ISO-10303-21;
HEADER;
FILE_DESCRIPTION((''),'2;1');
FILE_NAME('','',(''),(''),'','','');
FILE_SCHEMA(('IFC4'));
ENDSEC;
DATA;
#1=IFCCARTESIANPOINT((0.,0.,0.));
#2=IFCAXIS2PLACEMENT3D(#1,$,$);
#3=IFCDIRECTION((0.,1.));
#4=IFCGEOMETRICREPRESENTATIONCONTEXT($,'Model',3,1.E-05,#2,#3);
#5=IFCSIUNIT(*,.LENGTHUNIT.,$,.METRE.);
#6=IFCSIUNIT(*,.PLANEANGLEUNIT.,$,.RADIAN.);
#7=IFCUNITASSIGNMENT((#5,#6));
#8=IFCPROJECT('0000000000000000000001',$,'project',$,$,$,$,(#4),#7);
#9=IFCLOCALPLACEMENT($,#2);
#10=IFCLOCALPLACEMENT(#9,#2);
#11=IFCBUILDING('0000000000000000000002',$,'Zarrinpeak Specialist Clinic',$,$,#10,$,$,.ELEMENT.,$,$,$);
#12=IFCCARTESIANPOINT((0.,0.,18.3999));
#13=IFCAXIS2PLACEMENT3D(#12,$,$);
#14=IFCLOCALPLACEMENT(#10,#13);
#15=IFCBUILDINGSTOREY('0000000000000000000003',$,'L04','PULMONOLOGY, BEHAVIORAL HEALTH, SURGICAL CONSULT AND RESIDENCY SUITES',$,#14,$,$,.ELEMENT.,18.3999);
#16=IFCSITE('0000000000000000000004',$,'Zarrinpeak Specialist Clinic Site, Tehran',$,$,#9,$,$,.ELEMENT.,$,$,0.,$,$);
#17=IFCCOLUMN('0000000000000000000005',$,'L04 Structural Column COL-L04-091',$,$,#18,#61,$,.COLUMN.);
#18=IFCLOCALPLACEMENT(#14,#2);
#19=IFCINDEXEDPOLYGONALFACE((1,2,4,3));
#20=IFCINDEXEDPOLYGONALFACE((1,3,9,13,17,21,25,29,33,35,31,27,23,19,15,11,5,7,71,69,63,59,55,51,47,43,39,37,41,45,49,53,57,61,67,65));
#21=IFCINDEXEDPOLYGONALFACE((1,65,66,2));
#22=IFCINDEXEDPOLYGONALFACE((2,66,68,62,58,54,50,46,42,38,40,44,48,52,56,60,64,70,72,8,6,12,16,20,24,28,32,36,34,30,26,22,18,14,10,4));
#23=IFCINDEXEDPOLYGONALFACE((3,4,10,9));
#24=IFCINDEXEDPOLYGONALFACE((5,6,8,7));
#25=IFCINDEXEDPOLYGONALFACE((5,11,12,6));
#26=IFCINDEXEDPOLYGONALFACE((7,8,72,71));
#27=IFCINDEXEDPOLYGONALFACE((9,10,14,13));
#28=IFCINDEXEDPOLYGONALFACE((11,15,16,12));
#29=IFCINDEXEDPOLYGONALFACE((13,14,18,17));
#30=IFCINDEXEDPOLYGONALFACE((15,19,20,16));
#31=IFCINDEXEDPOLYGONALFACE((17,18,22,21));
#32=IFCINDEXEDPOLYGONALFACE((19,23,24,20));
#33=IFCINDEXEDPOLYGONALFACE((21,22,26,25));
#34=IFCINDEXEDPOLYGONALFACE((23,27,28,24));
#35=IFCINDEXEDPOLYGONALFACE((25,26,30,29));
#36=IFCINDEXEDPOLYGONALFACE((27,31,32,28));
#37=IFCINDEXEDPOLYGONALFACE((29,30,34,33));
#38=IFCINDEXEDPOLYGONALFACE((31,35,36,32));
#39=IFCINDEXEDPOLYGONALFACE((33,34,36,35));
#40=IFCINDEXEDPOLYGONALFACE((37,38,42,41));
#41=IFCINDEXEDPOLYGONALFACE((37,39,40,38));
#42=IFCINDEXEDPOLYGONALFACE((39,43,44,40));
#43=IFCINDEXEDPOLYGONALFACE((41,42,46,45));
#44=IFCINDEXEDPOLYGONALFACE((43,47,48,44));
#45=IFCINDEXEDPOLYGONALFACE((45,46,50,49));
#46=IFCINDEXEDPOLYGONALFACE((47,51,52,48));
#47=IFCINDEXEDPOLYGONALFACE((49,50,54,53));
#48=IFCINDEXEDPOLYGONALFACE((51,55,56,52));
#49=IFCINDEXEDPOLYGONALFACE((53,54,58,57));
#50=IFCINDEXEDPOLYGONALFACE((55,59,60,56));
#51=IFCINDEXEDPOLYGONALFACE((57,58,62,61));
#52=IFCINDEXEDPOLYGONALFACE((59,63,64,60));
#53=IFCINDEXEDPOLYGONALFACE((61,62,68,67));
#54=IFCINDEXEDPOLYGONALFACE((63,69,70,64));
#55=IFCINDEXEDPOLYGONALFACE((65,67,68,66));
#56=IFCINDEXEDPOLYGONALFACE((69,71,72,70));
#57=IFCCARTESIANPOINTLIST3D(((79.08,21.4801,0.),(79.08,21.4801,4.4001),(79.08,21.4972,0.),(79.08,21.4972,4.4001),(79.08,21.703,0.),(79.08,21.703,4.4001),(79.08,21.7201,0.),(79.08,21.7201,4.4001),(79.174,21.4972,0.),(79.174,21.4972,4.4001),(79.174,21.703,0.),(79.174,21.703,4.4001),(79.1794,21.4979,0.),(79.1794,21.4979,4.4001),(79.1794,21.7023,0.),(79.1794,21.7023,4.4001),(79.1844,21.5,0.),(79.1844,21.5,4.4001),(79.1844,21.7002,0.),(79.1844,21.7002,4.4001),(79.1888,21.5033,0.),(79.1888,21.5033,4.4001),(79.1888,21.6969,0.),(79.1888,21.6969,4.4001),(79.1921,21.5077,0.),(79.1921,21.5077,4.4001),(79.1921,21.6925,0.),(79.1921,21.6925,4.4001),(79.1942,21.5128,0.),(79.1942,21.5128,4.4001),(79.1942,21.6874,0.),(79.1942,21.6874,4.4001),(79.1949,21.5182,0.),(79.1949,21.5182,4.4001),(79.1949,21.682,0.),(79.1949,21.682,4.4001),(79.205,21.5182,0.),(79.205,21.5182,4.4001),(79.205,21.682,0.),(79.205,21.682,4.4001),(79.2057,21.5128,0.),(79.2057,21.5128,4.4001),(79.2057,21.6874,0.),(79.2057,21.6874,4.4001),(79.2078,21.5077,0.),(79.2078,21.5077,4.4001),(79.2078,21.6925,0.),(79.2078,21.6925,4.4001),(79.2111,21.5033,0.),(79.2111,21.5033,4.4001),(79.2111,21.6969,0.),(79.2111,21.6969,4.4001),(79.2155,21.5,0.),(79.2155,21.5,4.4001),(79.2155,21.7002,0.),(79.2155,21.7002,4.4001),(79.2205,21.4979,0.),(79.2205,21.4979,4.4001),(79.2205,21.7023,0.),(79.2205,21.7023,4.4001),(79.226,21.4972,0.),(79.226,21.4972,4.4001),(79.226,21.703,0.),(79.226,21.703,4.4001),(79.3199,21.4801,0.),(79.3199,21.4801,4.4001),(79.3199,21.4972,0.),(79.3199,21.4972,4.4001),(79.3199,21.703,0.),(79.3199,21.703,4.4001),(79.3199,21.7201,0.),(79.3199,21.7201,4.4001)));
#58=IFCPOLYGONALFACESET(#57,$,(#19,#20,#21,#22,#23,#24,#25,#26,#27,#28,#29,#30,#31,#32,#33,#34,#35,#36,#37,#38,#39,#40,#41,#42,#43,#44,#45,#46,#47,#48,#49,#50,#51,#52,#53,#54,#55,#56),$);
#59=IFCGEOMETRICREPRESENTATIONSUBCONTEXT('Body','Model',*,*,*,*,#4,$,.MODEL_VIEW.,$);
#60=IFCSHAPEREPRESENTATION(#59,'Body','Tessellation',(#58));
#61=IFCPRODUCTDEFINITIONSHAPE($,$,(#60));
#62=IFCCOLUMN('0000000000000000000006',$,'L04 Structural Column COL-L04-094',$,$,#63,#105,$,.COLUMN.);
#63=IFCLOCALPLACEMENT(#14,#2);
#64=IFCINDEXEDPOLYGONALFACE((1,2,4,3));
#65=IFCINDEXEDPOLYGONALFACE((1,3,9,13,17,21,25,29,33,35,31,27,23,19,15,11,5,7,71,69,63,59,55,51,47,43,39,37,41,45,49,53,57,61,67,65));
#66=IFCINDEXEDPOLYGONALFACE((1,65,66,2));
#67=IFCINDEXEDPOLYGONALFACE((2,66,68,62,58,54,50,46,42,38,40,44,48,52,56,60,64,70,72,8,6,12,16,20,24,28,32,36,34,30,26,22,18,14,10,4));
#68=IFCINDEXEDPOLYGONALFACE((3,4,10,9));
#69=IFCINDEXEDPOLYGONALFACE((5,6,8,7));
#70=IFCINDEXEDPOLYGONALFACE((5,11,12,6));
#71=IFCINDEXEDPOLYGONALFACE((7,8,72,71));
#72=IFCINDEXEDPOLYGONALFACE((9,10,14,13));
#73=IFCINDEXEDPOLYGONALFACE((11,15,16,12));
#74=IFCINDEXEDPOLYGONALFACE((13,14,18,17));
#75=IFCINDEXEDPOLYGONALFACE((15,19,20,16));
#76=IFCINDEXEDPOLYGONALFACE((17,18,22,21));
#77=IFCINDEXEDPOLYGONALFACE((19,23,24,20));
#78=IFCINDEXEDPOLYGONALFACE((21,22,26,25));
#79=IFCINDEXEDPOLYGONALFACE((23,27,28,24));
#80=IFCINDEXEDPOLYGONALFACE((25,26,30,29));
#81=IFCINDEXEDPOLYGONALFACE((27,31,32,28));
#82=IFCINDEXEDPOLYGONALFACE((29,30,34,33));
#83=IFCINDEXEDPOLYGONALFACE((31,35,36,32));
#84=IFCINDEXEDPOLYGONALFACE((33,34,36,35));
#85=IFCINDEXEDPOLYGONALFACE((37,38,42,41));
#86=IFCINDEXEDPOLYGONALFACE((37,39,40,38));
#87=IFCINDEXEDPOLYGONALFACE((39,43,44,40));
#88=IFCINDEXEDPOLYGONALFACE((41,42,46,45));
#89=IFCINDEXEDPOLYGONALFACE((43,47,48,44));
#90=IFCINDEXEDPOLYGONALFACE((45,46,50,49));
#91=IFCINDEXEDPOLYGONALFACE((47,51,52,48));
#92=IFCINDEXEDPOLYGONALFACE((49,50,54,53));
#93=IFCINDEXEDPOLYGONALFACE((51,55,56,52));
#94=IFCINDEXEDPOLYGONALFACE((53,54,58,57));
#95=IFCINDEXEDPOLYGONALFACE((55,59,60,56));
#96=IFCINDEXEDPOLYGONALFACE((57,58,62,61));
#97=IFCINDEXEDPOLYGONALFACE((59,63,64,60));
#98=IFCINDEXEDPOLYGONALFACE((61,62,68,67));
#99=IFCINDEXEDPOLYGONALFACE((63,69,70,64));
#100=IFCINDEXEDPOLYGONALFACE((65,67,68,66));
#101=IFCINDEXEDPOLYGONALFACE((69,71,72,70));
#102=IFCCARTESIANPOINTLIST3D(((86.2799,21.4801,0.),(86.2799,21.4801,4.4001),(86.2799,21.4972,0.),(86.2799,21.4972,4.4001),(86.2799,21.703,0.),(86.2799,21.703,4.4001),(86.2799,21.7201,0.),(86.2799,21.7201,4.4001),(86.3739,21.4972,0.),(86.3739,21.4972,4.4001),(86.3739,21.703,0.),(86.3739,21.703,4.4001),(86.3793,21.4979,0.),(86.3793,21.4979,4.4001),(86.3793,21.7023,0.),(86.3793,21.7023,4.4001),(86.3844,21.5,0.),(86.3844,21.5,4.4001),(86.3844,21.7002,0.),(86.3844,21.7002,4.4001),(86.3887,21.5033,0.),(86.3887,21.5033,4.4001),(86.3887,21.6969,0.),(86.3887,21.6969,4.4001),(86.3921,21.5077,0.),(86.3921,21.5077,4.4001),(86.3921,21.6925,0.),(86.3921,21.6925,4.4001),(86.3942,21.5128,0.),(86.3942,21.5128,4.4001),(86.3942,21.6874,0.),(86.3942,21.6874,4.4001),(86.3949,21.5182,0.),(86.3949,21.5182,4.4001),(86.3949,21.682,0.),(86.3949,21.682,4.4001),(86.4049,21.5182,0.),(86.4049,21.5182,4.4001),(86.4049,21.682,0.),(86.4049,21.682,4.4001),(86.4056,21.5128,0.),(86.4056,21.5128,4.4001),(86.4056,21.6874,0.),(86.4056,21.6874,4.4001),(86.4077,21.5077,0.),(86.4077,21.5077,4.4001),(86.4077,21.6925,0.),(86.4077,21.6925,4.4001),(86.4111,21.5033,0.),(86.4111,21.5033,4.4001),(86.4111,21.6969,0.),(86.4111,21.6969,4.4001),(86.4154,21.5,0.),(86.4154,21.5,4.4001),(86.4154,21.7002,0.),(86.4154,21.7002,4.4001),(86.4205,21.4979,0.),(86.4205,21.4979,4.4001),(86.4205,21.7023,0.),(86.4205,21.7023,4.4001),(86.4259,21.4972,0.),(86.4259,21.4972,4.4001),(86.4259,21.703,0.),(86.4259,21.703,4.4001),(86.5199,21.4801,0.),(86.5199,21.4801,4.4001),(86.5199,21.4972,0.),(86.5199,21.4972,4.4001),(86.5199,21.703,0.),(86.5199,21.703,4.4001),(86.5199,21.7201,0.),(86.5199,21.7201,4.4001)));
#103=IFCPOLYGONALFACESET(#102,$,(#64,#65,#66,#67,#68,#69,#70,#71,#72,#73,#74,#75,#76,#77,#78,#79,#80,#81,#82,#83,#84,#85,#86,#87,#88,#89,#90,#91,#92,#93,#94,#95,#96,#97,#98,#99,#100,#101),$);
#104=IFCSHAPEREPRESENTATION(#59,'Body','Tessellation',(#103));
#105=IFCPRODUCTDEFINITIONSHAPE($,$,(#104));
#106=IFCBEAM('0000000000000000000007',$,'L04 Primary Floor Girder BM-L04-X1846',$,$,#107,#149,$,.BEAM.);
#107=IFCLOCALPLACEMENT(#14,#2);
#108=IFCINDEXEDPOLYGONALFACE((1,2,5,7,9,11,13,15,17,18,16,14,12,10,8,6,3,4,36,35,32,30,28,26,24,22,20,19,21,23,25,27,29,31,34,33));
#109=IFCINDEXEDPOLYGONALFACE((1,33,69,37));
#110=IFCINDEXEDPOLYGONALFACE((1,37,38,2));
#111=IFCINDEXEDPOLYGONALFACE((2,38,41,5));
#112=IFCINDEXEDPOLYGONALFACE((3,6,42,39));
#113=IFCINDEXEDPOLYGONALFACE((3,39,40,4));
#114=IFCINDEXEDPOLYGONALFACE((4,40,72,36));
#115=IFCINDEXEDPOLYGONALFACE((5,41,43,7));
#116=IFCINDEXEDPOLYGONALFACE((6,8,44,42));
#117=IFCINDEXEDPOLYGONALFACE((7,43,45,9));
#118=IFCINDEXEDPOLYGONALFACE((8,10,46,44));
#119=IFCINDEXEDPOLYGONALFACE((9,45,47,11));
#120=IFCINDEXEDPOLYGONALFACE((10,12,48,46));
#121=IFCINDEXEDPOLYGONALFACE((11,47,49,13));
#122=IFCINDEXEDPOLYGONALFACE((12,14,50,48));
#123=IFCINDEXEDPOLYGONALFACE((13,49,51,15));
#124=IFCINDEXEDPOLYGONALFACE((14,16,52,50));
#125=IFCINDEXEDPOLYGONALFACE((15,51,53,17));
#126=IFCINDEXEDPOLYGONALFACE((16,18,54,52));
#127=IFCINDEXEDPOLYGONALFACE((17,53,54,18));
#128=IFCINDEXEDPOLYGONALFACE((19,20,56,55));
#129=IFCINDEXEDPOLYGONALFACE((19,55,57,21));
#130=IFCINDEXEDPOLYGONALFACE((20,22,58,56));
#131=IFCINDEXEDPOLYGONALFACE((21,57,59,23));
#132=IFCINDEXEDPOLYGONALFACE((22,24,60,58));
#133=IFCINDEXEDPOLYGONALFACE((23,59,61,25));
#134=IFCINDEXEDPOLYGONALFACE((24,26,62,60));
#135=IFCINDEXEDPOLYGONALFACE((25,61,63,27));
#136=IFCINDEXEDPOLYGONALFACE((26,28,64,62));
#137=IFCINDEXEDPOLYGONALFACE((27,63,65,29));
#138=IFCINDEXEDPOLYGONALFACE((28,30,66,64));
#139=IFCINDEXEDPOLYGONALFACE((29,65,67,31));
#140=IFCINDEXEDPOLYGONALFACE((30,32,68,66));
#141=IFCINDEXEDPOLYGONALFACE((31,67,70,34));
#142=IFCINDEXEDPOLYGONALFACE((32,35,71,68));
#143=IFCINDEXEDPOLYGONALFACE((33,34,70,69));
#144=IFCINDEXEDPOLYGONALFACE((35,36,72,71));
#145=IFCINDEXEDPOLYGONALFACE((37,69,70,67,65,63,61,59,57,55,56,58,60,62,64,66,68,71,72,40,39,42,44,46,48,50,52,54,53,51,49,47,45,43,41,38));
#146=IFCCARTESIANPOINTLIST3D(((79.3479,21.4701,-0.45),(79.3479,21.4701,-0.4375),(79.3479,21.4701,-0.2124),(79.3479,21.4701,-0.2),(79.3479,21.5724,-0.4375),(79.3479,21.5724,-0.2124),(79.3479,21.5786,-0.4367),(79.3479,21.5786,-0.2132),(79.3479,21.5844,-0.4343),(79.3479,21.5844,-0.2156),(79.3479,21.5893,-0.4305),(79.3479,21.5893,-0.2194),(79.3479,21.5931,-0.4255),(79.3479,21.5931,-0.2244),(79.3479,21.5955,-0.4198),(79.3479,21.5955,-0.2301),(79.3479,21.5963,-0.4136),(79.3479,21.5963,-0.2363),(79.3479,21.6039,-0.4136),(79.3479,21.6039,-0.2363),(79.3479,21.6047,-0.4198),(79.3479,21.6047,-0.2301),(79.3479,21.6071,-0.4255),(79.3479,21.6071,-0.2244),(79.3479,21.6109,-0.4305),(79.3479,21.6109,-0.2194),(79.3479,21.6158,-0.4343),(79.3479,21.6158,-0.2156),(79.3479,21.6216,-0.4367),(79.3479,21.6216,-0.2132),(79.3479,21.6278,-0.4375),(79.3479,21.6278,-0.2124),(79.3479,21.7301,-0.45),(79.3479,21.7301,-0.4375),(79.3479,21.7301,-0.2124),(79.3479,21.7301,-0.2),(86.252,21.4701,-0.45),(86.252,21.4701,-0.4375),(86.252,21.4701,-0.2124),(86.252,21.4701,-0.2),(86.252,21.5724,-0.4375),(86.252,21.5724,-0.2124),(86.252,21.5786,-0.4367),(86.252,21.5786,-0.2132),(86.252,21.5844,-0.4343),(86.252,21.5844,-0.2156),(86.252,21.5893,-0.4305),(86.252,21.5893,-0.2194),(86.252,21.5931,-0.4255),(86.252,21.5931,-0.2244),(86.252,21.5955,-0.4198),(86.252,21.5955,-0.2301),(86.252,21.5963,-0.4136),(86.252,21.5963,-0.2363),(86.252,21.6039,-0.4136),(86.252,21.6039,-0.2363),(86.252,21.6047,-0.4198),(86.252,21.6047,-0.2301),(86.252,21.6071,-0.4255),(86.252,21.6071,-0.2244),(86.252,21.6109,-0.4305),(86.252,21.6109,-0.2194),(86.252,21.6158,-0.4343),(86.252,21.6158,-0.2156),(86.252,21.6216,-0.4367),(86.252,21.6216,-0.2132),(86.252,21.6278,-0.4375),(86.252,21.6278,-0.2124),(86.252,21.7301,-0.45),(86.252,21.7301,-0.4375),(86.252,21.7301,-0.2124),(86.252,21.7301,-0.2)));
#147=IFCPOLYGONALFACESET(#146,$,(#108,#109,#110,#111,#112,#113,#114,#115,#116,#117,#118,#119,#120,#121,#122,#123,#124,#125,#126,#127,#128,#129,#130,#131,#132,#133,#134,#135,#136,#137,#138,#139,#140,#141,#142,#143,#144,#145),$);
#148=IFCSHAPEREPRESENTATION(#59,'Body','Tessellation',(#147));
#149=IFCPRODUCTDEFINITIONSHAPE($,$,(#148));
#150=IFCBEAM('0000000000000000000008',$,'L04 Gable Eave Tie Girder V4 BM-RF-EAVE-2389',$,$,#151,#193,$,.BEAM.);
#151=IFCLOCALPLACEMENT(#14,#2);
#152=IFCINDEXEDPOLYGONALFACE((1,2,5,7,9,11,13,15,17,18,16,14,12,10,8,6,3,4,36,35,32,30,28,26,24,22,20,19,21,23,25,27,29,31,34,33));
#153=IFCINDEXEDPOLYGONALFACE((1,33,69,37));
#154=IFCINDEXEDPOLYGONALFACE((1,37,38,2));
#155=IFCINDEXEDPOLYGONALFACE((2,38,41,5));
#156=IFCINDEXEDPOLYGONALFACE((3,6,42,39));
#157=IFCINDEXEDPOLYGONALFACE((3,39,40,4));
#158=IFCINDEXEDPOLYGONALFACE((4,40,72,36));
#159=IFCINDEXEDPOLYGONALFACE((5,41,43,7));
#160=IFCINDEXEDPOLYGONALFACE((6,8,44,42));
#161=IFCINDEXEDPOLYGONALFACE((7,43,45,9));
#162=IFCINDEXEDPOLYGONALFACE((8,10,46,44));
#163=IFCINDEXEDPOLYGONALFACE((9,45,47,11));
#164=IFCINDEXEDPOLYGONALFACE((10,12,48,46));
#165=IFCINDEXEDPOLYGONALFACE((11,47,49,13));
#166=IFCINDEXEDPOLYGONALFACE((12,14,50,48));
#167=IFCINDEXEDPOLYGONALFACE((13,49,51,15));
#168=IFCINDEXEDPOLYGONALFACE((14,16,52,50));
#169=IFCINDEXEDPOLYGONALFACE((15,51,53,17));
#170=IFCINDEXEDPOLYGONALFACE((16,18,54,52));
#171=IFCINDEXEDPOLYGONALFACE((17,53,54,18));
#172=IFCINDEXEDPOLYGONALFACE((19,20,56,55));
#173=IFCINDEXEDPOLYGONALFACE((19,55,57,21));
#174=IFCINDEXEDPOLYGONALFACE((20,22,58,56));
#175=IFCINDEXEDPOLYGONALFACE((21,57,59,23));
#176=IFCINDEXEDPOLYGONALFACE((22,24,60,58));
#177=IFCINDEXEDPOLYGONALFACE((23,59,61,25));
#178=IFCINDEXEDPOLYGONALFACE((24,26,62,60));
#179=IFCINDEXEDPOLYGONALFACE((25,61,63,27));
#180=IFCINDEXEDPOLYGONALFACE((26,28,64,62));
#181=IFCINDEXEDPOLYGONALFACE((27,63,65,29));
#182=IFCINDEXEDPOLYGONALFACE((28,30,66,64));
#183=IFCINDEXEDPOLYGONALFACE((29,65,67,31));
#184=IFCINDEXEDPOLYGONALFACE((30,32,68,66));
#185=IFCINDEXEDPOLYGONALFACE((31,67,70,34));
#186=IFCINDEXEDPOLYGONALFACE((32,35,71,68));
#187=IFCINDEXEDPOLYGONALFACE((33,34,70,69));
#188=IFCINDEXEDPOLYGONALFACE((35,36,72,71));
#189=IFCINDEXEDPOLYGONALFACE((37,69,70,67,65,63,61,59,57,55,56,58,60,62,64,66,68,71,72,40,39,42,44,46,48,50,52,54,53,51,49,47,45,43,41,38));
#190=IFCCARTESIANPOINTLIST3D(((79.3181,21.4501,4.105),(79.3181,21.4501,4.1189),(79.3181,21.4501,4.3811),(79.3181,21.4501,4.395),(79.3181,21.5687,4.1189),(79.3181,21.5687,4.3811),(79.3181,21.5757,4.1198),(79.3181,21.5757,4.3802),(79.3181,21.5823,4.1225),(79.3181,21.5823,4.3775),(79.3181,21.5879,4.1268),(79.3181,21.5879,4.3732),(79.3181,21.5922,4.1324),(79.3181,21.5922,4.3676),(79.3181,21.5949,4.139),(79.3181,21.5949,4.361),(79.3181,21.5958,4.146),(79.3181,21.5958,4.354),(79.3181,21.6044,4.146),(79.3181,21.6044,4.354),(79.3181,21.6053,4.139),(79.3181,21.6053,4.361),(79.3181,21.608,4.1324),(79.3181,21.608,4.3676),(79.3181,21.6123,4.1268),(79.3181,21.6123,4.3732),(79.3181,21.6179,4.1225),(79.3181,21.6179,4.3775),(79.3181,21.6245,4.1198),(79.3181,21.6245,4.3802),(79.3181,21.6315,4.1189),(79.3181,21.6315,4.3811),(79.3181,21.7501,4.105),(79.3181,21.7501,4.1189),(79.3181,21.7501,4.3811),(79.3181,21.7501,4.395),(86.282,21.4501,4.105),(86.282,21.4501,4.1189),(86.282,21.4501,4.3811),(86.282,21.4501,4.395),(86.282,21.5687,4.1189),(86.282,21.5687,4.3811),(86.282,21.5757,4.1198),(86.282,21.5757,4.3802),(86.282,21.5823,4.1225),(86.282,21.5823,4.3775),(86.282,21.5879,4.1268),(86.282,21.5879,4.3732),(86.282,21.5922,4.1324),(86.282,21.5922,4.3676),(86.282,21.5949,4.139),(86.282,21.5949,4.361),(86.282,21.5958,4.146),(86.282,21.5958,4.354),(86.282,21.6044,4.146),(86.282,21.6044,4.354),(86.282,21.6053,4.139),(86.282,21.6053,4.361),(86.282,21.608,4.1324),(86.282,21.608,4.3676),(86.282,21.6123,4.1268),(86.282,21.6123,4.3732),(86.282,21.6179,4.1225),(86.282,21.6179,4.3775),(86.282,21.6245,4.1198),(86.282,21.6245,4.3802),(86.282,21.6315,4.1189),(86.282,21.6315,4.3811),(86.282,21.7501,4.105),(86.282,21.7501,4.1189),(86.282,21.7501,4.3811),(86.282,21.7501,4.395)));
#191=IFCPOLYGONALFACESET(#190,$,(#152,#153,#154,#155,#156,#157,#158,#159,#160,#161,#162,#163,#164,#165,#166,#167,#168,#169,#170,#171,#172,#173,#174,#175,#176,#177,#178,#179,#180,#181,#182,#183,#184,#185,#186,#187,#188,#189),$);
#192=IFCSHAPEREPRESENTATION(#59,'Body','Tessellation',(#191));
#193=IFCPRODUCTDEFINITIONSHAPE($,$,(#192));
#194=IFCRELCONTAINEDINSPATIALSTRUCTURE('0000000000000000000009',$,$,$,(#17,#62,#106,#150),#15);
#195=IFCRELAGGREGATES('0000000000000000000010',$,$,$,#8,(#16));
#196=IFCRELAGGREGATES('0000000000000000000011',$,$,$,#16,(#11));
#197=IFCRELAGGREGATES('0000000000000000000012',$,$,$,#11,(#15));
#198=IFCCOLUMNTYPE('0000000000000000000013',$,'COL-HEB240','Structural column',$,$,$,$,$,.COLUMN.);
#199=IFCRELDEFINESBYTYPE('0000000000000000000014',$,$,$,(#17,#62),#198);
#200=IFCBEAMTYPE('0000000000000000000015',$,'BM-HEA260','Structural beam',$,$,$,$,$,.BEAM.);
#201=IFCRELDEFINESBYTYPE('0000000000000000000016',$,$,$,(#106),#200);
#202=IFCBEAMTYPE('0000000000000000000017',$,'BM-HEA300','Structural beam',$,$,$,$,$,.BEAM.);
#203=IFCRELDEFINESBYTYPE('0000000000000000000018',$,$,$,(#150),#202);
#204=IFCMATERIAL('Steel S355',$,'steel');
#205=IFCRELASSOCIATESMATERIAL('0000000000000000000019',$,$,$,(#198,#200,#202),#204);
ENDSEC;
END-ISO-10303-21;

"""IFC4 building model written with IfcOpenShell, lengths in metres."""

from ifc_helpers import new_model, si_unit, direction, frame, origin, origin_2d, place, context, subcontext, project, spatial, i_section, extrude, material, material_profile, profile_set, type_object, element, save


model = new_model("IFC4")

# Units and contexts
model_context = context("Model", 3, precision=1e-05, world=origin(), true_north=direction((0.0, 1.0)))
body_context = subcontext(model_context, "Body", "Model", "MODEL_VIEW")
ifc_project = project(units=[si_unit("LENGTHUNIT", "METRE"), si_unit("PLANEANGLEUNIT", "RADIAN")], contexts=[model_context])

# Site, building, storey
site_placement = place(None, origin())
site = spatial("IfcSite", under=ifc_project, at=site_placement, Name="Zarrinpeak Specialist Clinic Site, Tehran", CompositionType="ELEMENT", RefElevation=0.0)
building_placement = place(site_placement, origin())
building = spatial("IfcBuilding", under=site, at=building_placement, Name="Zarrinpeak Specialist Clinic", CompositionType="ELEMENT")
storey_placement = place(building_placement, frame((0.0, 0.0, 18.3999)))
storey = spatial("IfcBuildingStorey", under=building, at=storey_placement, Name="L04", Description="PULMONOLOGY, BEHAVIORAL HEALTH, SURGICAL CONSULT AND RESIDENCY SUITES", CompositionType="ELEMENT", Elevation=18.3999)

# Columns
ifc_material_1 = material(Name="Steel S355", Category="steel")
ifc_material_profile_1 = material_profile(ifc_material_1, i_section(OverallWidth=0.24, OverallDepth=0.24, WebThickness=0.01, FlangeThickness=0.0171, FilletRadius=0.021, at=origin_2d()), Name="HEB 240")
ifc_profile_set_1 = profile_set([ifc_material_profile_1], Name="Steel S355")
column_type = type_object("IfcColumnType", Name="COL-HEB240", Description="Structural column", PredefinedType="COLUMN", material=ifc_profile_set_1)
for number, where, z_axis, x_axis, name in (
    (1, (79.2, 21.6001, 0.0), (0.0, 0.0, 1.0), (1.0, 0.0, 0.0), "L04 Structural Column COL-L04-091"),
    (2, (86.3999, 21.6001, 0.0), (0.0, 0.0, 1.0), (1.0, 0.0, 0.0), "L04 Structural Column COL-L04-094"),
):
    element("IfcColumn", number, at=place(storey_placement, frame(where, z_axis=z_axis, x_axis=x_axis)), inside=storey, type_object=column_type, Name=name, PredefinedType="COLUMN", context=body_context, shape_type="SweptSolid", body=[
        extrude(i_section(OverallWidth=0.24, OverallDepth=0.24, WebThickness=0.01, FlangeThickness=0.0171, FilletRadius=0.021, at=origin_2d()), origin(), (0.0, 0.0, 1.0), 4.4001),
    ])

# Beams
ifc_material_profile_2 = material_profile(ifc_material_1, i_section(OverallWidth=0.26, OverallDepth=0.25, WebThickness=0.0076, FlangeThickness=0.0125, FilletRadius=0.0239, at=origin_2d()), Name="HEA 260")
ifc_profile_set_2 = profile_set([ifc_material_profile_2], Name="Steel S355")
beam_type_1 = type_object("IfcBeamType", Name="BM-HEA260", Description="Structural beam", PredefinedType="BEAM", material=ifc_profile_set_2)
beam_1_placement = place(storey_placement, frame((79.3479, 21.6001, -0.325), z_axis=(1.0, 0.0, 0.0), x_axis=(0.0, 1.0, 0.0)))
element("IfcBeam", 3, at=beam_1_placement, inside=storey, type_object=beam_type_1, Name="L04 Primary Floor Girder BM-L04-X1846", PredefinedType="BEAM", context=body_context, shape_type="SweptSolid", body=[
    extrude(i_section(OverallWidth=0.26, OverallDepth=0.25, WebThickness=0.0076, FlangeThickness=0.0125, FilletRadius=0.0239, at=origin_2d()), origin(), (0.0, 0.0, 1.0), 6.9041),
])
ifc_material_profile_3 = material_profile(ifc_material_1, i_section(OverallWidth=0.3, OverallDepth=0.29, WebThickness=0.0085, FlangeThickness=0.0139, FilletRadius=0.0271, at=origin_2d()), Name="HEA 300")
ifc_profile_set_3 = profile_set([ifc_material_profile_3], Name="Steel S355")
beam_type_2 = type_object("IfcBeamType", Name="BM-HEA300", Description="Structural beam", PredefinedType="BEAM", material=ifc_profile_set_3)
beam_2_placement = place(storey_placement, frame((79.3181, 21.6001, 4.25), z_axis=(1.0, 0.0, 0.0), x_axis=(0.0, 1.0, 0.0)))
element("IfcBeam", 4, at=beam_2_placement, inside=storey, type_object=beam_type_2, Name="L04 Gable Eave Tie Girder V4 BM-RF-EAVE-2389", PredefinedType="BEAM", context=body_context, shape_type="SweptSolid", body=[
    extrude(i_section(OverallWidth=0.3, OverallDepth=0.29, WebThickness=0.0085, FlangeThickness=0.0139, FilletRadius=0.0271, at=origin_2d()), origin(), (0.0, 0.0, 1.0), 6.9639),
])

save(model, "model.ifc")
